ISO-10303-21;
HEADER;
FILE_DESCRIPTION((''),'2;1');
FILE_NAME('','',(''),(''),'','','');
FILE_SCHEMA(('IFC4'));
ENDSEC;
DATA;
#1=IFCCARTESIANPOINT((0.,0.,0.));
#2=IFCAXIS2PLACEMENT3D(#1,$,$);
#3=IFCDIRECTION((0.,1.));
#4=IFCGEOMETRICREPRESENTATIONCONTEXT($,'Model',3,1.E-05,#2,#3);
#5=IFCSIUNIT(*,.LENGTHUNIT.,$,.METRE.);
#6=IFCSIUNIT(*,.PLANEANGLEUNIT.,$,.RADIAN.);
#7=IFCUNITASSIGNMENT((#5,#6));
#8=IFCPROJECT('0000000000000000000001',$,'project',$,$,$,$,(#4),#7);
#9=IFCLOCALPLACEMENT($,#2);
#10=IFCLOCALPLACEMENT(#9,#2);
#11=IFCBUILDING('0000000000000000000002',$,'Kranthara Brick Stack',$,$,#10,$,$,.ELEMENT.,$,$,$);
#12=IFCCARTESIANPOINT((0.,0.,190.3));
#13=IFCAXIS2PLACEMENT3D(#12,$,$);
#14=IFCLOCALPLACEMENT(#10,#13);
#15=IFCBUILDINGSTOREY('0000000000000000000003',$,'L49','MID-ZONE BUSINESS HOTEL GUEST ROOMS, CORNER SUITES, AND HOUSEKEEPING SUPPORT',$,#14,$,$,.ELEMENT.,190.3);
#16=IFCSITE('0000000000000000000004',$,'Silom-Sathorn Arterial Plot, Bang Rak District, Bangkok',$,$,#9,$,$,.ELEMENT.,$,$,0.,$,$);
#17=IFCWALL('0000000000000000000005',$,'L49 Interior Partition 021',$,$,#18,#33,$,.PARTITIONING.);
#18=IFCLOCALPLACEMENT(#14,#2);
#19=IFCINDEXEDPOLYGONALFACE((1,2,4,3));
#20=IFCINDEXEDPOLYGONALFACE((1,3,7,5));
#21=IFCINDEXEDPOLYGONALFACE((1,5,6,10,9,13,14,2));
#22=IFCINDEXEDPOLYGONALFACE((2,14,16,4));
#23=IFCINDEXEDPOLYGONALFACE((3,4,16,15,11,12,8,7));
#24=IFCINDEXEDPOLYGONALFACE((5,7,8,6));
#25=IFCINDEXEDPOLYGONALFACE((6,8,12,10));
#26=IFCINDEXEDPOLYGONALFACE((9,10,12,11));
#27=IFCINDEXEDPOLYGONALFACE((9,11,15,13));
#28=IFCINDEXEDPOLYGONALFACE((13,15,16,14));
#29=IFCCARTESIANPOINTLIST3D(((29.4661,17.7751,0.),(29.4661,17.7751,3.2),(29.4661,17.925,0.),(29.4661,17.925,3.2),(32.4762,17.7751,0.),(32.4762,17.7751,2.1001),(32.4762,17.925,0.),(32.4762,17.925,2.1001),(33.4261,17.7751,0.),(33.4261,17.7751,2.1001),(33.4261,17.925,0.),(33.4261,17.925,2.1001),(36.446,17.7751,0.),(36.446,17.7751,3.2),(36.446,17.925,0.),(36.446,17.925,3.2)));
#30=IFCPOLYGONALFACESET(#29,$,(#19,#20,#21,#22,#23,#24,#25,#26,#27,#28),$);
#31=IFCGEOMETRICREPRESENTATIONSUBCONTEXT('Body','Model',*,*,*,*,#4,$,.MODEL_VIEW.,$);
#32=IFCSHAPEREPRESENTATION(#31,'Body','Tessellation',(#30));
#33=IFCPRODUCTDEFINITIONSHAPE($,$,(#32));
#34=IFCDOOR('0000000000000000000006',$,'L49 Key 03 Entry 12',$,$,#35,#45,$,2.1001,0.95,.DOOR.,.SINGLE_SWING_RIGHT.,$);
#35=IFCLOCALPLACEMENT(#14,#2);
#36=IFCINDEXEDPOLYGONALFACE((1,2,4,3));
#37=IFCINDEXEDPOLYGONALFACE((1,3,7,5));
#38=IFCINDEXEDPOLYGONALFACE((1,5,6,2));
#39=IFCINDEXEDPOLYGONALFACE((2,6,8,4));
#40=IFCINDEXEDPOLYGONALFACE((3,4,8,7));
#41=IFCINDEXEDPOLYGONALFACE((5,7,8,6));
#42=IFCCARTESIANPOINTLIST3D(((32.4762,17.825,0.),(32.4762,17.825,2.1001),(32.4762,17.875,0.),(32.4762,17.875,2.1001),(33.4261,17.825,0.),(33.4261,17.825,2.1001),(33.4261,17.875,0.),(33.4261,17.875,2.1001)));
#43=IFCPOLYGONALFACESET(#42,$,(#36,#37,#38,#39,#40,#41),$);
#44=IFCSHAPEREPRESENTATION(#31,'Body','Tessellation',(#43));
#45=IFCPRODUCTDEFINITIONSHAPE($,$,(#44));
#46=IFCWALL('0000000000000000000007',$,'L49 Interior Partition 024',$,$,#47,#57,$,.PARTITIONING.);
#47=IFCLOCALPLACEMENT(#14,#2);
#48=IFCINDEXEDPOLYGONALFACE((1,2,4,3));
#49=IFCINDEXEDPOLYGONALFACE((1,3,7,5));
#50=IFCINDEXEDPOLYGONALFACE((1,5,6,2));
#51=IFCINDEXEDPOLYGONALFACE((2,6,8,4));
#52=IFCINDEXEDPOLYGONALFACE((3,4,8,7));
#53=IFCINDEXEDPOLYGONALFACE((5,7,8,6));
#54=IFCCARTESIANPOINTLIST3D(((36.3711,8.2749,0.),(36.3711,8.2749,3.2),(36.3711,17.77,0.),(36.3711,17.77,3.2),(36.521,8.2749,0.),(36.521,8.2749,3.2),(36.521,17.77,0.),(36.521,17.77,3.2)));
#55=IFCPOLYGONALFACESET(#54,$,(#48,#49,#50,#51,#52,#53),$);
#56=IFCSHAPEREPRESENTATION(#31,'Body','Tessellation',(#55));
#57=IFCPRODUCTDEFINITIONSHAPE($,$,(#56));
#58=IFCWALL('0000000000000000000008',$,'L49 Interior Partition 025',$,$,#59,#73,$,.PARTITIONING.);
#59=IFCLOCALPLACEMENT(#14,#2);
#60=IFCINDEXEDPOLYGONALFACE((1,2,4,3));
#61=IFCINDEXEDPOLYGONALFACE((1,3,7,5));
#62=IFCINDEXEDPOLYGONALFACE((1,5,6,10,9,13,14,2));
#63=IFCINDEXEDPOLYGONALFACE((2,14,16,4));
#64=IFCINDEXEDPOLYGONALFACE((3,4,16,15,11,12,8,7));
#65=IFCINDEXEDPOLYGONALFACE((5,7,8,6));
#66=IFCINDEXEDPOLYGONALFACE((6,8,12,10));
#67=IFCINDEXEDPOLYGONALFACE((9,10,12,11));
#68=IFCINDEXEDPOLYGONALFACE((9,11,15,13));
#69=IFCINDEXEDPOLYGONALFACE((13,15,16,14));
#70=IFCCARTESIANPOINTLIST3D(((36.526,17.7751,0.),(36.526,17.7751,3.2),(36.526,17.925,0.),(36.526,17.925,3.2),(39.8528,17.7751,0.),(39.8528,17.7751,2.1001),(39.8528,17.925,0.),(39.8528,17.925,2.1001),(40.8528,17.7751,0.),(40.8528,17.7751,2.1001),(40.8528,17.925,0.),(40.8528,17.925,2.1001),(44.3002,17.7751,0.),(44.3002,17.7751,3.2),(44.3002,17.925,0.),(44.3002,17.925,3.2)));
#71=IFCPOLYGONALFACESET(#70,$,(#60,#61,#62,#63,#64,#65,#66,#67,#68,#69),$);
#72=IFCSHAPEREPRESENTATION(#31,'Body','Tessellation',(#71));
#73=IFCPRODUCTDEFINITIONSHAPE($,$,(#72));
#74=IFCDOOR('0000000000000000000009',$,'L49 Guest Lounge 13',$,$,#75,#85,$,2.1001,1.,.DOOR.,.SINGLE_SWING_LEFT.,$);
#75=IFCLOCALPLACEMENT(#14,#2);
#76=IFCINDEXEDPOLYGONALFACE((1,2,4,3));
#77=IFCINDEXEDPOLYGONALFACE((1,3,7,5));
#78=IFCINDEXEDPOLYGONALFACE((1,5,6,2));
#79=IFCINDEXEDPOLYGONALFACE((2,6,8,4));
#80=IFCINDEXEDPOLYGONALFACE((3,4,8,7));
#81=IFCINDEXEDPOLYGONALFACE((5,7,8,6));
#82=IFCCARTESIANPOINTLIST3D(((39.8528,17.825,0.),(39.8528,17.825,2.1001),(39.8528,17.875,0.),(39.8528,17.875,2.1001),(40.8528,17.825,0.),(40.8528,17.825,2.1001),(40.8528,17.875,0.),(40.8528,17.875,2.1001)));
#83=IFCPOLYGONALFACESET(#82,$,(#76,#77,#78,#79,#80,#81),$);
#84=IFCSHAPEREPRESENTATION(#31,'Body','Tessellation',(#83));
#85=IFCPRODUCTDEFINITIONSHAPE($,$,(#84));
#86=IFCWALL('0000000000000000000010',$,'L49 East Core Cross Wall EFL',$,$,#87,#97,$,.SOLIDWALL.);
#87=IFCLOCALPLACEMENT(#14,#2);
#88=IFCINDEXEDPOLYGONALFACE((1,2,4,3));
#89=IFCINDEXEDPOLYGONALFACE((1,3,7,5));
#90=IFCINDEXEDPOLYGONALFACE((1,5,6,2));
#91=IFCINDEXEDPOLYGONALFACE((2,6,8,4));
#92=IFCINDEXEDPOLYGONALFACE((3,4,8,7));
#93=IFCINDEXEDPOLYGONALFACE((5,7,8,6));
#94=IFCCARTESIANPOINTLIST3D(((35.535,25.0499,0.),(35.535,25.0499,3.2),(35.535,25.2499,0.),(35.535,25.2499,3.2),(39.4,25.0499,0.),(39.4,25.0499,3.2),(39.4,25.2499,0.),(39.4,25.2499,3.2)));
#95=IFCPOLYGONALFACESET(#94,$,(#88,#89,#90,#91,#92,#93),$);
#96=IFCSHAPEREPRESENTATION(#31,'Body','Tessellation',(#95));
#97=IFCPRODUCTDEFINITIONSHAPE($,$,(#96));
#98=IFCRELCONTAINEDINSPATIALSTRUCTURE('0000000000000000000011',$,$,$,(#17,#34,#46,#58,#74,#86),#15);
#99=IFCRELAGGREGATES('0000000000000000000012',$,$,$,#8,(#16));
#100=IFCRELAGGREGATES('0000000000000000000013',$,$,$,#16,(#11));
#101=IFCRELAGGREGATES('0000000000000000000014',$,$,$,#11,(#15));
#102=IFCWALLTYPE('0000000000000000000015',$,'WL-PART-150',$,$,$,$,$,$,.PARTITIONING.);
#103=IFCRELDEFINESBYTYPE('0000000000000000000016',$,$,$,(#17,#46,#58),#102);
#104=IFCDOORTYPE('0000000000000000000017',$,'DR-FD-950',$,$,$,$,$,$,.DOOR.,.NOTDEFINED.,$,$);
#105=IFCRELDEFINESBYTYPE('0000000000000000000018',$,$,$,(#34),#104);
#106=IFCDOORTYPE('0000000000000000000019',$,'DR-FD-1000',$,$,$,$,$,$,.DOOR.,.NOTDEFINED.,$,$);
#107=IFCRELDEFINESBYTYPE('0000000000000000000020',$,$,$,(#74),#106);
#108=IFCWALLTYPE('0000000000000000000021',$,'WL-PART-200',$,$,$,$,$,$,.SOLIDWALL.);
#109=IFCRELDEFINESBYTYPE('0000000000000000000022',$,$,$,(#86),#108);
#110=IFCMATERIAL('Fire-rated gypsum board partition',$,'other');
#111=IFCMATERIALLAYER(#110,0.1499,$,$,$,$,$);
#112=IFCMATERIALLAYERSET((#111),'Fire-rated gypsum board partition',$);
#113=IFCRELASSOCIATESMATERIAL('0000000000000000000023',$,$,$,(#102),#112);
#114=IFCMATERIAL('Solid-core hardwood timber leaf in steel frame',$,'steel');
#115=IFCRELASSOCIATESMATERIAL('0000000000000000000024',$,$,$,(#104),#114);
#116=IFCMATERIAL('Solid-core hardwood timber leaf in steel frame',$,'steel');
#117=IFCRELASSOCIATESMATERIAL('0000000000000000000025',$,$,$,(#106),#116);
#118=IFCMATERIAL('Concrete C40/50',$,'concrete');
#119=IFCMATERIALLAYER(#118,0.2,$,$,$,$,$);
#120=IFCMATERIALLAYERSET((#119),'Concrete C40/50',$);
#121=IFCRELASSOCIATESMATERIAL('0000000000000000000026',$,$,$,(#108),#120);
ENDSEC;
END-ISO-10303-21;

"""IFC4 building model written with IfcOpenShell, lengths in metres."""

from ifc_helpers import new_model, si_unit, direction, frame, frame_2d, origin, place, context, subcontext, project, spatial, rectangle, extrude, material, layer, layer_set, type_object, element, fill, save


model = new_model("IFC4")

# Units and contexts
model_context = context("Model", 3, precision=1e-05, world=origin(), true_north=direction((0.0, 1.0)))
body_context = subcontext(model_context, "Body", "Model", "MODEL_VIEW")
ifc_project = project(units=[si_unit("LENGTHUNIT", "METRE"), si_unit("PLANEANGLEUNIT", "RADIAN")], contexts=[model_context])

# Site, building, storey
site_placement = place(None, origin())
site = spatial("IfcSite", under=ifc_project, at=site_placement, Name="Silom-Sathorn Arterial Plot, Bang Rak District, Bangkok", CompositionType="ELEMENT", RefElevation=0.0)
building_placement = place(site_placement, origin())
building = spatial("IfcBuilding", under=site, at=building_placement, Name="Kranthara Brick Stack", CompositionType="ELEMENT")
storey_placement = place(building_placement, frame((0.0, 0.0, 190.3)))
storey = spatial("IfcBuildingStorey", under=building, at=storey_placement, Name="L49", Description="MID-ZONE BUSINESS HOTEL GUEST ROOMS, CORNER SUITES, AND HOUSEKEEPING SUPPORT", CompositionType="ELEMENT", Elevation=190.3)

# Wall, opening, door
ifc_material_1 = material(Name="Fire-rated gypsum board partition", Category="other")
ifc_layer_1 = layer(ifc_material_1, 0.1499)
ifc_layer_set_1 = layer_set([ifc_layer_1], Name="Fire-rated gypsum board partition")
wall_type_1 = type_object("IfcWallType", Name="WL-PART-150", PredefinedType="PARTITIONING", material=ifc_layer_set_1)
wall_1_placement = place(storey_placement, frame((29.4661, 17.8501, 0.0), z_axis=(0.0, 0.0, 1.0), x_axis=(1.0, 0.0, 0.0)))
wall_1 = element("IfcWall", 1, at=wall_1_placement, inside=storey, type_object=wall_type_1, Name="L49 Interior Partition 021", PredefinedType="PARTITIONING", context=body_context, shape_type="SweptSolid", body=[
    extrude(rectangle(XDim=6.98, YDim=0.1499, at=frame_2d((3.49, 0.0))), origin(), (0.0, 0.0, 1.0), 3.2),
])
opening_1_placement = place(wall_1_placement, frame((3.01, 0.0, 0.0)))
opening_1 = element("IfcOpeningElement", 2, at=opening_1_placement, cuts=wall_1, PredefinedType="OPENING", context=body_context, shape_type="SweptSolid", body=[
    extrude(rectangle(XDim=0.95, YDim=2.1001, at=frame_2d((0.4751, 1.05))), frame((0.0, 0.085, 0.0), z_axis=(0.0, -1.0, 0.0), x_axis=(1.0, 0.0, 0.0)), (0.0, 0.0, 1.0), 0.1699),
])
ifc_material_2 = material(Name="Solid-core hardwood timber leaf in steel frame", Category="steel")
door_type_1 = type_object("IfcDoorType", Name="DR-FD-950", OperationType="NOTDEFINED", PredefinedType="DOOR", material=ifc_material_2)
door_1_placement = place(opening_1_placement, origin())
door_1 = element("IfcDoor", 3, at=door_1_placement, inside=storey, type_object=door_type_1, Name="L49 Key 03 Entry 12", OperationType="SINGLE_SWING_RIGHT", OverallHeight=2.1001, OverallWidth=0.95, PredefinedType="DOOR", context=body_context, shape_type="SweptSolid", body=[
    extrude(rectangle(XDim=0.95, YDim=2.1001, at=frame_2d((0.4751, 1.05))), frame((0.0, 0.0249, 0.0), z_axis=(0.0, -1.0, 0.0), x_axis=(1.0, 0.0, 0.0)), (0.0, 0.0, 1.0), 0.05),
])
fill(opening_1, door_1)

# Wall
wall_2_placement = place(storey_placement, frame((36.446, 8.2749, 0.0), z_axis=(0.0, 0.0, 1.0), x_axis=(0.0, 1.0, 0.0)))
element("IfcWall", 4, at=wall_2_placement, inside=storey, type_object=wall_type_1, Name="L49 Interior Partition 024", PredefinedType="PARTITIONING", context=body_context, shape_type="SweptSolid", body=[
    extrude(rectangle(XDim=9.4951, YDim=0.1499, at=frame_2d((4.7476, 0.0))), origin(), (0.0, 0.0, 1.0), 3.2),
])

# Wall, opening, door
wall_3_placement = place(storey_placement, frame((36.5259, 17.8501, 0.0), z_axis=(0.0, 0.0, 1.0), x_axis=(1.0, 0.0, 0.0)))
wall_3 = element("IfcWall", 5, at=wall_3_placement, inside=storey, type_object=wall_type_1, Name="L49 Interior Partition 025", PredefinedType="PARTITIONING", context=body_context, shape_type="SweptSolid", body=[
    extrude(rectangle(XDim=7.7742, YDim=0.1499, at=frame_2d((3.8872, 0.0))), origin(), (0.0, 0.0, 1.0), 3.2),
])
opening_2_placement = place(wall_3_placement, frame((3.3269, 0.0, 0.0)))
opening_2 = element("IfcOpeningElement", 6, at=opening_2_placement, cuts=wall_3, PredefinedType="OPENING", context=body_context, shape_type="SweptSolid", body=[
    extrude(rectangle(XDim=1.0, YDim=2.1001, at=frame_2d((0.5, 1.05))), frame((0.0, 0.085, 0.0), z_axis=(0.0, -1.0, 0.0), x_axis=(1.0, 0.0, 0.0)), (0.0, 0.0, 1.0), 0.1699),
])
ifc_material_3 = material(Name="Solid-core hardwood timber leaf in steel frame", Category="steel")
door_type_2 = type_object("IfcDoorType", Name="DR-FD-1000", OperationType="NOTDEFINED", PredefinedType="DOOR", material=ifc_material_3)
door_2_placement = place(opening_2_placement, origin())
door_2 = element("IfcDoor", 7, at=door_2_placement, inside=storey, type_object=door_type_2, Name="L49 Guest Lounge 13", OperationType="SINGLE_SWING_LEFT", OverallHeight=2.1001, OverallWidth=1.0, PredefinedType="DOOR", context=body_context, shape_type="SweptSolid", body=[
    extrude(rectangle(XDim=1.0, YDim=2.1001, at=frame_2d((0.5, 1.05))), frame((0.0, 0.0249, 0.0), z_axis=(0.0, -1.0, 0.0), x_axis=(1.0, 0.0, 0.0)), (0.0, 0.0, 1.0), 0.05),
])
fill(opening_2, door_2)

# Wall
ifc_material_4 = material(Name="Concrete C40/50", Category="concrete")
ifc_layer_2 = layer(ifc_material_4, 0.2)
ifc_layer_set_2 = layer_set([ifc_layer_2], Name="Concrete C40/50")
wall_type_2 = type_object("IfcWallType", Name="WL-PART-200", PredefinedType="SOLIDWALL", material=ifc_layer_set_2)
wall_4_placement = place(storey_placement, frame((35.5349, 25.1499, 0.0), z_axis=(0.0, 0.0, 1.0), x_axis=(1.0, 0.0, 0.0)))
element("IfcWall", 8, at=wall_4_placement, inside=storey, type_object=wall_type_2, Name="L49 East Core Cross Wall EFL", PredefinedType="SOLIDWALL", context=body_context, shape_type="SweptSolid", body=[
    extrude(rectangle(XDim=3.865, YDim=0.2, at=frame_2d((1.9326, 0.0))), origin(), (0.0, 0.0, 1.0), 3.2),
])

save(model, "model.ifc")
